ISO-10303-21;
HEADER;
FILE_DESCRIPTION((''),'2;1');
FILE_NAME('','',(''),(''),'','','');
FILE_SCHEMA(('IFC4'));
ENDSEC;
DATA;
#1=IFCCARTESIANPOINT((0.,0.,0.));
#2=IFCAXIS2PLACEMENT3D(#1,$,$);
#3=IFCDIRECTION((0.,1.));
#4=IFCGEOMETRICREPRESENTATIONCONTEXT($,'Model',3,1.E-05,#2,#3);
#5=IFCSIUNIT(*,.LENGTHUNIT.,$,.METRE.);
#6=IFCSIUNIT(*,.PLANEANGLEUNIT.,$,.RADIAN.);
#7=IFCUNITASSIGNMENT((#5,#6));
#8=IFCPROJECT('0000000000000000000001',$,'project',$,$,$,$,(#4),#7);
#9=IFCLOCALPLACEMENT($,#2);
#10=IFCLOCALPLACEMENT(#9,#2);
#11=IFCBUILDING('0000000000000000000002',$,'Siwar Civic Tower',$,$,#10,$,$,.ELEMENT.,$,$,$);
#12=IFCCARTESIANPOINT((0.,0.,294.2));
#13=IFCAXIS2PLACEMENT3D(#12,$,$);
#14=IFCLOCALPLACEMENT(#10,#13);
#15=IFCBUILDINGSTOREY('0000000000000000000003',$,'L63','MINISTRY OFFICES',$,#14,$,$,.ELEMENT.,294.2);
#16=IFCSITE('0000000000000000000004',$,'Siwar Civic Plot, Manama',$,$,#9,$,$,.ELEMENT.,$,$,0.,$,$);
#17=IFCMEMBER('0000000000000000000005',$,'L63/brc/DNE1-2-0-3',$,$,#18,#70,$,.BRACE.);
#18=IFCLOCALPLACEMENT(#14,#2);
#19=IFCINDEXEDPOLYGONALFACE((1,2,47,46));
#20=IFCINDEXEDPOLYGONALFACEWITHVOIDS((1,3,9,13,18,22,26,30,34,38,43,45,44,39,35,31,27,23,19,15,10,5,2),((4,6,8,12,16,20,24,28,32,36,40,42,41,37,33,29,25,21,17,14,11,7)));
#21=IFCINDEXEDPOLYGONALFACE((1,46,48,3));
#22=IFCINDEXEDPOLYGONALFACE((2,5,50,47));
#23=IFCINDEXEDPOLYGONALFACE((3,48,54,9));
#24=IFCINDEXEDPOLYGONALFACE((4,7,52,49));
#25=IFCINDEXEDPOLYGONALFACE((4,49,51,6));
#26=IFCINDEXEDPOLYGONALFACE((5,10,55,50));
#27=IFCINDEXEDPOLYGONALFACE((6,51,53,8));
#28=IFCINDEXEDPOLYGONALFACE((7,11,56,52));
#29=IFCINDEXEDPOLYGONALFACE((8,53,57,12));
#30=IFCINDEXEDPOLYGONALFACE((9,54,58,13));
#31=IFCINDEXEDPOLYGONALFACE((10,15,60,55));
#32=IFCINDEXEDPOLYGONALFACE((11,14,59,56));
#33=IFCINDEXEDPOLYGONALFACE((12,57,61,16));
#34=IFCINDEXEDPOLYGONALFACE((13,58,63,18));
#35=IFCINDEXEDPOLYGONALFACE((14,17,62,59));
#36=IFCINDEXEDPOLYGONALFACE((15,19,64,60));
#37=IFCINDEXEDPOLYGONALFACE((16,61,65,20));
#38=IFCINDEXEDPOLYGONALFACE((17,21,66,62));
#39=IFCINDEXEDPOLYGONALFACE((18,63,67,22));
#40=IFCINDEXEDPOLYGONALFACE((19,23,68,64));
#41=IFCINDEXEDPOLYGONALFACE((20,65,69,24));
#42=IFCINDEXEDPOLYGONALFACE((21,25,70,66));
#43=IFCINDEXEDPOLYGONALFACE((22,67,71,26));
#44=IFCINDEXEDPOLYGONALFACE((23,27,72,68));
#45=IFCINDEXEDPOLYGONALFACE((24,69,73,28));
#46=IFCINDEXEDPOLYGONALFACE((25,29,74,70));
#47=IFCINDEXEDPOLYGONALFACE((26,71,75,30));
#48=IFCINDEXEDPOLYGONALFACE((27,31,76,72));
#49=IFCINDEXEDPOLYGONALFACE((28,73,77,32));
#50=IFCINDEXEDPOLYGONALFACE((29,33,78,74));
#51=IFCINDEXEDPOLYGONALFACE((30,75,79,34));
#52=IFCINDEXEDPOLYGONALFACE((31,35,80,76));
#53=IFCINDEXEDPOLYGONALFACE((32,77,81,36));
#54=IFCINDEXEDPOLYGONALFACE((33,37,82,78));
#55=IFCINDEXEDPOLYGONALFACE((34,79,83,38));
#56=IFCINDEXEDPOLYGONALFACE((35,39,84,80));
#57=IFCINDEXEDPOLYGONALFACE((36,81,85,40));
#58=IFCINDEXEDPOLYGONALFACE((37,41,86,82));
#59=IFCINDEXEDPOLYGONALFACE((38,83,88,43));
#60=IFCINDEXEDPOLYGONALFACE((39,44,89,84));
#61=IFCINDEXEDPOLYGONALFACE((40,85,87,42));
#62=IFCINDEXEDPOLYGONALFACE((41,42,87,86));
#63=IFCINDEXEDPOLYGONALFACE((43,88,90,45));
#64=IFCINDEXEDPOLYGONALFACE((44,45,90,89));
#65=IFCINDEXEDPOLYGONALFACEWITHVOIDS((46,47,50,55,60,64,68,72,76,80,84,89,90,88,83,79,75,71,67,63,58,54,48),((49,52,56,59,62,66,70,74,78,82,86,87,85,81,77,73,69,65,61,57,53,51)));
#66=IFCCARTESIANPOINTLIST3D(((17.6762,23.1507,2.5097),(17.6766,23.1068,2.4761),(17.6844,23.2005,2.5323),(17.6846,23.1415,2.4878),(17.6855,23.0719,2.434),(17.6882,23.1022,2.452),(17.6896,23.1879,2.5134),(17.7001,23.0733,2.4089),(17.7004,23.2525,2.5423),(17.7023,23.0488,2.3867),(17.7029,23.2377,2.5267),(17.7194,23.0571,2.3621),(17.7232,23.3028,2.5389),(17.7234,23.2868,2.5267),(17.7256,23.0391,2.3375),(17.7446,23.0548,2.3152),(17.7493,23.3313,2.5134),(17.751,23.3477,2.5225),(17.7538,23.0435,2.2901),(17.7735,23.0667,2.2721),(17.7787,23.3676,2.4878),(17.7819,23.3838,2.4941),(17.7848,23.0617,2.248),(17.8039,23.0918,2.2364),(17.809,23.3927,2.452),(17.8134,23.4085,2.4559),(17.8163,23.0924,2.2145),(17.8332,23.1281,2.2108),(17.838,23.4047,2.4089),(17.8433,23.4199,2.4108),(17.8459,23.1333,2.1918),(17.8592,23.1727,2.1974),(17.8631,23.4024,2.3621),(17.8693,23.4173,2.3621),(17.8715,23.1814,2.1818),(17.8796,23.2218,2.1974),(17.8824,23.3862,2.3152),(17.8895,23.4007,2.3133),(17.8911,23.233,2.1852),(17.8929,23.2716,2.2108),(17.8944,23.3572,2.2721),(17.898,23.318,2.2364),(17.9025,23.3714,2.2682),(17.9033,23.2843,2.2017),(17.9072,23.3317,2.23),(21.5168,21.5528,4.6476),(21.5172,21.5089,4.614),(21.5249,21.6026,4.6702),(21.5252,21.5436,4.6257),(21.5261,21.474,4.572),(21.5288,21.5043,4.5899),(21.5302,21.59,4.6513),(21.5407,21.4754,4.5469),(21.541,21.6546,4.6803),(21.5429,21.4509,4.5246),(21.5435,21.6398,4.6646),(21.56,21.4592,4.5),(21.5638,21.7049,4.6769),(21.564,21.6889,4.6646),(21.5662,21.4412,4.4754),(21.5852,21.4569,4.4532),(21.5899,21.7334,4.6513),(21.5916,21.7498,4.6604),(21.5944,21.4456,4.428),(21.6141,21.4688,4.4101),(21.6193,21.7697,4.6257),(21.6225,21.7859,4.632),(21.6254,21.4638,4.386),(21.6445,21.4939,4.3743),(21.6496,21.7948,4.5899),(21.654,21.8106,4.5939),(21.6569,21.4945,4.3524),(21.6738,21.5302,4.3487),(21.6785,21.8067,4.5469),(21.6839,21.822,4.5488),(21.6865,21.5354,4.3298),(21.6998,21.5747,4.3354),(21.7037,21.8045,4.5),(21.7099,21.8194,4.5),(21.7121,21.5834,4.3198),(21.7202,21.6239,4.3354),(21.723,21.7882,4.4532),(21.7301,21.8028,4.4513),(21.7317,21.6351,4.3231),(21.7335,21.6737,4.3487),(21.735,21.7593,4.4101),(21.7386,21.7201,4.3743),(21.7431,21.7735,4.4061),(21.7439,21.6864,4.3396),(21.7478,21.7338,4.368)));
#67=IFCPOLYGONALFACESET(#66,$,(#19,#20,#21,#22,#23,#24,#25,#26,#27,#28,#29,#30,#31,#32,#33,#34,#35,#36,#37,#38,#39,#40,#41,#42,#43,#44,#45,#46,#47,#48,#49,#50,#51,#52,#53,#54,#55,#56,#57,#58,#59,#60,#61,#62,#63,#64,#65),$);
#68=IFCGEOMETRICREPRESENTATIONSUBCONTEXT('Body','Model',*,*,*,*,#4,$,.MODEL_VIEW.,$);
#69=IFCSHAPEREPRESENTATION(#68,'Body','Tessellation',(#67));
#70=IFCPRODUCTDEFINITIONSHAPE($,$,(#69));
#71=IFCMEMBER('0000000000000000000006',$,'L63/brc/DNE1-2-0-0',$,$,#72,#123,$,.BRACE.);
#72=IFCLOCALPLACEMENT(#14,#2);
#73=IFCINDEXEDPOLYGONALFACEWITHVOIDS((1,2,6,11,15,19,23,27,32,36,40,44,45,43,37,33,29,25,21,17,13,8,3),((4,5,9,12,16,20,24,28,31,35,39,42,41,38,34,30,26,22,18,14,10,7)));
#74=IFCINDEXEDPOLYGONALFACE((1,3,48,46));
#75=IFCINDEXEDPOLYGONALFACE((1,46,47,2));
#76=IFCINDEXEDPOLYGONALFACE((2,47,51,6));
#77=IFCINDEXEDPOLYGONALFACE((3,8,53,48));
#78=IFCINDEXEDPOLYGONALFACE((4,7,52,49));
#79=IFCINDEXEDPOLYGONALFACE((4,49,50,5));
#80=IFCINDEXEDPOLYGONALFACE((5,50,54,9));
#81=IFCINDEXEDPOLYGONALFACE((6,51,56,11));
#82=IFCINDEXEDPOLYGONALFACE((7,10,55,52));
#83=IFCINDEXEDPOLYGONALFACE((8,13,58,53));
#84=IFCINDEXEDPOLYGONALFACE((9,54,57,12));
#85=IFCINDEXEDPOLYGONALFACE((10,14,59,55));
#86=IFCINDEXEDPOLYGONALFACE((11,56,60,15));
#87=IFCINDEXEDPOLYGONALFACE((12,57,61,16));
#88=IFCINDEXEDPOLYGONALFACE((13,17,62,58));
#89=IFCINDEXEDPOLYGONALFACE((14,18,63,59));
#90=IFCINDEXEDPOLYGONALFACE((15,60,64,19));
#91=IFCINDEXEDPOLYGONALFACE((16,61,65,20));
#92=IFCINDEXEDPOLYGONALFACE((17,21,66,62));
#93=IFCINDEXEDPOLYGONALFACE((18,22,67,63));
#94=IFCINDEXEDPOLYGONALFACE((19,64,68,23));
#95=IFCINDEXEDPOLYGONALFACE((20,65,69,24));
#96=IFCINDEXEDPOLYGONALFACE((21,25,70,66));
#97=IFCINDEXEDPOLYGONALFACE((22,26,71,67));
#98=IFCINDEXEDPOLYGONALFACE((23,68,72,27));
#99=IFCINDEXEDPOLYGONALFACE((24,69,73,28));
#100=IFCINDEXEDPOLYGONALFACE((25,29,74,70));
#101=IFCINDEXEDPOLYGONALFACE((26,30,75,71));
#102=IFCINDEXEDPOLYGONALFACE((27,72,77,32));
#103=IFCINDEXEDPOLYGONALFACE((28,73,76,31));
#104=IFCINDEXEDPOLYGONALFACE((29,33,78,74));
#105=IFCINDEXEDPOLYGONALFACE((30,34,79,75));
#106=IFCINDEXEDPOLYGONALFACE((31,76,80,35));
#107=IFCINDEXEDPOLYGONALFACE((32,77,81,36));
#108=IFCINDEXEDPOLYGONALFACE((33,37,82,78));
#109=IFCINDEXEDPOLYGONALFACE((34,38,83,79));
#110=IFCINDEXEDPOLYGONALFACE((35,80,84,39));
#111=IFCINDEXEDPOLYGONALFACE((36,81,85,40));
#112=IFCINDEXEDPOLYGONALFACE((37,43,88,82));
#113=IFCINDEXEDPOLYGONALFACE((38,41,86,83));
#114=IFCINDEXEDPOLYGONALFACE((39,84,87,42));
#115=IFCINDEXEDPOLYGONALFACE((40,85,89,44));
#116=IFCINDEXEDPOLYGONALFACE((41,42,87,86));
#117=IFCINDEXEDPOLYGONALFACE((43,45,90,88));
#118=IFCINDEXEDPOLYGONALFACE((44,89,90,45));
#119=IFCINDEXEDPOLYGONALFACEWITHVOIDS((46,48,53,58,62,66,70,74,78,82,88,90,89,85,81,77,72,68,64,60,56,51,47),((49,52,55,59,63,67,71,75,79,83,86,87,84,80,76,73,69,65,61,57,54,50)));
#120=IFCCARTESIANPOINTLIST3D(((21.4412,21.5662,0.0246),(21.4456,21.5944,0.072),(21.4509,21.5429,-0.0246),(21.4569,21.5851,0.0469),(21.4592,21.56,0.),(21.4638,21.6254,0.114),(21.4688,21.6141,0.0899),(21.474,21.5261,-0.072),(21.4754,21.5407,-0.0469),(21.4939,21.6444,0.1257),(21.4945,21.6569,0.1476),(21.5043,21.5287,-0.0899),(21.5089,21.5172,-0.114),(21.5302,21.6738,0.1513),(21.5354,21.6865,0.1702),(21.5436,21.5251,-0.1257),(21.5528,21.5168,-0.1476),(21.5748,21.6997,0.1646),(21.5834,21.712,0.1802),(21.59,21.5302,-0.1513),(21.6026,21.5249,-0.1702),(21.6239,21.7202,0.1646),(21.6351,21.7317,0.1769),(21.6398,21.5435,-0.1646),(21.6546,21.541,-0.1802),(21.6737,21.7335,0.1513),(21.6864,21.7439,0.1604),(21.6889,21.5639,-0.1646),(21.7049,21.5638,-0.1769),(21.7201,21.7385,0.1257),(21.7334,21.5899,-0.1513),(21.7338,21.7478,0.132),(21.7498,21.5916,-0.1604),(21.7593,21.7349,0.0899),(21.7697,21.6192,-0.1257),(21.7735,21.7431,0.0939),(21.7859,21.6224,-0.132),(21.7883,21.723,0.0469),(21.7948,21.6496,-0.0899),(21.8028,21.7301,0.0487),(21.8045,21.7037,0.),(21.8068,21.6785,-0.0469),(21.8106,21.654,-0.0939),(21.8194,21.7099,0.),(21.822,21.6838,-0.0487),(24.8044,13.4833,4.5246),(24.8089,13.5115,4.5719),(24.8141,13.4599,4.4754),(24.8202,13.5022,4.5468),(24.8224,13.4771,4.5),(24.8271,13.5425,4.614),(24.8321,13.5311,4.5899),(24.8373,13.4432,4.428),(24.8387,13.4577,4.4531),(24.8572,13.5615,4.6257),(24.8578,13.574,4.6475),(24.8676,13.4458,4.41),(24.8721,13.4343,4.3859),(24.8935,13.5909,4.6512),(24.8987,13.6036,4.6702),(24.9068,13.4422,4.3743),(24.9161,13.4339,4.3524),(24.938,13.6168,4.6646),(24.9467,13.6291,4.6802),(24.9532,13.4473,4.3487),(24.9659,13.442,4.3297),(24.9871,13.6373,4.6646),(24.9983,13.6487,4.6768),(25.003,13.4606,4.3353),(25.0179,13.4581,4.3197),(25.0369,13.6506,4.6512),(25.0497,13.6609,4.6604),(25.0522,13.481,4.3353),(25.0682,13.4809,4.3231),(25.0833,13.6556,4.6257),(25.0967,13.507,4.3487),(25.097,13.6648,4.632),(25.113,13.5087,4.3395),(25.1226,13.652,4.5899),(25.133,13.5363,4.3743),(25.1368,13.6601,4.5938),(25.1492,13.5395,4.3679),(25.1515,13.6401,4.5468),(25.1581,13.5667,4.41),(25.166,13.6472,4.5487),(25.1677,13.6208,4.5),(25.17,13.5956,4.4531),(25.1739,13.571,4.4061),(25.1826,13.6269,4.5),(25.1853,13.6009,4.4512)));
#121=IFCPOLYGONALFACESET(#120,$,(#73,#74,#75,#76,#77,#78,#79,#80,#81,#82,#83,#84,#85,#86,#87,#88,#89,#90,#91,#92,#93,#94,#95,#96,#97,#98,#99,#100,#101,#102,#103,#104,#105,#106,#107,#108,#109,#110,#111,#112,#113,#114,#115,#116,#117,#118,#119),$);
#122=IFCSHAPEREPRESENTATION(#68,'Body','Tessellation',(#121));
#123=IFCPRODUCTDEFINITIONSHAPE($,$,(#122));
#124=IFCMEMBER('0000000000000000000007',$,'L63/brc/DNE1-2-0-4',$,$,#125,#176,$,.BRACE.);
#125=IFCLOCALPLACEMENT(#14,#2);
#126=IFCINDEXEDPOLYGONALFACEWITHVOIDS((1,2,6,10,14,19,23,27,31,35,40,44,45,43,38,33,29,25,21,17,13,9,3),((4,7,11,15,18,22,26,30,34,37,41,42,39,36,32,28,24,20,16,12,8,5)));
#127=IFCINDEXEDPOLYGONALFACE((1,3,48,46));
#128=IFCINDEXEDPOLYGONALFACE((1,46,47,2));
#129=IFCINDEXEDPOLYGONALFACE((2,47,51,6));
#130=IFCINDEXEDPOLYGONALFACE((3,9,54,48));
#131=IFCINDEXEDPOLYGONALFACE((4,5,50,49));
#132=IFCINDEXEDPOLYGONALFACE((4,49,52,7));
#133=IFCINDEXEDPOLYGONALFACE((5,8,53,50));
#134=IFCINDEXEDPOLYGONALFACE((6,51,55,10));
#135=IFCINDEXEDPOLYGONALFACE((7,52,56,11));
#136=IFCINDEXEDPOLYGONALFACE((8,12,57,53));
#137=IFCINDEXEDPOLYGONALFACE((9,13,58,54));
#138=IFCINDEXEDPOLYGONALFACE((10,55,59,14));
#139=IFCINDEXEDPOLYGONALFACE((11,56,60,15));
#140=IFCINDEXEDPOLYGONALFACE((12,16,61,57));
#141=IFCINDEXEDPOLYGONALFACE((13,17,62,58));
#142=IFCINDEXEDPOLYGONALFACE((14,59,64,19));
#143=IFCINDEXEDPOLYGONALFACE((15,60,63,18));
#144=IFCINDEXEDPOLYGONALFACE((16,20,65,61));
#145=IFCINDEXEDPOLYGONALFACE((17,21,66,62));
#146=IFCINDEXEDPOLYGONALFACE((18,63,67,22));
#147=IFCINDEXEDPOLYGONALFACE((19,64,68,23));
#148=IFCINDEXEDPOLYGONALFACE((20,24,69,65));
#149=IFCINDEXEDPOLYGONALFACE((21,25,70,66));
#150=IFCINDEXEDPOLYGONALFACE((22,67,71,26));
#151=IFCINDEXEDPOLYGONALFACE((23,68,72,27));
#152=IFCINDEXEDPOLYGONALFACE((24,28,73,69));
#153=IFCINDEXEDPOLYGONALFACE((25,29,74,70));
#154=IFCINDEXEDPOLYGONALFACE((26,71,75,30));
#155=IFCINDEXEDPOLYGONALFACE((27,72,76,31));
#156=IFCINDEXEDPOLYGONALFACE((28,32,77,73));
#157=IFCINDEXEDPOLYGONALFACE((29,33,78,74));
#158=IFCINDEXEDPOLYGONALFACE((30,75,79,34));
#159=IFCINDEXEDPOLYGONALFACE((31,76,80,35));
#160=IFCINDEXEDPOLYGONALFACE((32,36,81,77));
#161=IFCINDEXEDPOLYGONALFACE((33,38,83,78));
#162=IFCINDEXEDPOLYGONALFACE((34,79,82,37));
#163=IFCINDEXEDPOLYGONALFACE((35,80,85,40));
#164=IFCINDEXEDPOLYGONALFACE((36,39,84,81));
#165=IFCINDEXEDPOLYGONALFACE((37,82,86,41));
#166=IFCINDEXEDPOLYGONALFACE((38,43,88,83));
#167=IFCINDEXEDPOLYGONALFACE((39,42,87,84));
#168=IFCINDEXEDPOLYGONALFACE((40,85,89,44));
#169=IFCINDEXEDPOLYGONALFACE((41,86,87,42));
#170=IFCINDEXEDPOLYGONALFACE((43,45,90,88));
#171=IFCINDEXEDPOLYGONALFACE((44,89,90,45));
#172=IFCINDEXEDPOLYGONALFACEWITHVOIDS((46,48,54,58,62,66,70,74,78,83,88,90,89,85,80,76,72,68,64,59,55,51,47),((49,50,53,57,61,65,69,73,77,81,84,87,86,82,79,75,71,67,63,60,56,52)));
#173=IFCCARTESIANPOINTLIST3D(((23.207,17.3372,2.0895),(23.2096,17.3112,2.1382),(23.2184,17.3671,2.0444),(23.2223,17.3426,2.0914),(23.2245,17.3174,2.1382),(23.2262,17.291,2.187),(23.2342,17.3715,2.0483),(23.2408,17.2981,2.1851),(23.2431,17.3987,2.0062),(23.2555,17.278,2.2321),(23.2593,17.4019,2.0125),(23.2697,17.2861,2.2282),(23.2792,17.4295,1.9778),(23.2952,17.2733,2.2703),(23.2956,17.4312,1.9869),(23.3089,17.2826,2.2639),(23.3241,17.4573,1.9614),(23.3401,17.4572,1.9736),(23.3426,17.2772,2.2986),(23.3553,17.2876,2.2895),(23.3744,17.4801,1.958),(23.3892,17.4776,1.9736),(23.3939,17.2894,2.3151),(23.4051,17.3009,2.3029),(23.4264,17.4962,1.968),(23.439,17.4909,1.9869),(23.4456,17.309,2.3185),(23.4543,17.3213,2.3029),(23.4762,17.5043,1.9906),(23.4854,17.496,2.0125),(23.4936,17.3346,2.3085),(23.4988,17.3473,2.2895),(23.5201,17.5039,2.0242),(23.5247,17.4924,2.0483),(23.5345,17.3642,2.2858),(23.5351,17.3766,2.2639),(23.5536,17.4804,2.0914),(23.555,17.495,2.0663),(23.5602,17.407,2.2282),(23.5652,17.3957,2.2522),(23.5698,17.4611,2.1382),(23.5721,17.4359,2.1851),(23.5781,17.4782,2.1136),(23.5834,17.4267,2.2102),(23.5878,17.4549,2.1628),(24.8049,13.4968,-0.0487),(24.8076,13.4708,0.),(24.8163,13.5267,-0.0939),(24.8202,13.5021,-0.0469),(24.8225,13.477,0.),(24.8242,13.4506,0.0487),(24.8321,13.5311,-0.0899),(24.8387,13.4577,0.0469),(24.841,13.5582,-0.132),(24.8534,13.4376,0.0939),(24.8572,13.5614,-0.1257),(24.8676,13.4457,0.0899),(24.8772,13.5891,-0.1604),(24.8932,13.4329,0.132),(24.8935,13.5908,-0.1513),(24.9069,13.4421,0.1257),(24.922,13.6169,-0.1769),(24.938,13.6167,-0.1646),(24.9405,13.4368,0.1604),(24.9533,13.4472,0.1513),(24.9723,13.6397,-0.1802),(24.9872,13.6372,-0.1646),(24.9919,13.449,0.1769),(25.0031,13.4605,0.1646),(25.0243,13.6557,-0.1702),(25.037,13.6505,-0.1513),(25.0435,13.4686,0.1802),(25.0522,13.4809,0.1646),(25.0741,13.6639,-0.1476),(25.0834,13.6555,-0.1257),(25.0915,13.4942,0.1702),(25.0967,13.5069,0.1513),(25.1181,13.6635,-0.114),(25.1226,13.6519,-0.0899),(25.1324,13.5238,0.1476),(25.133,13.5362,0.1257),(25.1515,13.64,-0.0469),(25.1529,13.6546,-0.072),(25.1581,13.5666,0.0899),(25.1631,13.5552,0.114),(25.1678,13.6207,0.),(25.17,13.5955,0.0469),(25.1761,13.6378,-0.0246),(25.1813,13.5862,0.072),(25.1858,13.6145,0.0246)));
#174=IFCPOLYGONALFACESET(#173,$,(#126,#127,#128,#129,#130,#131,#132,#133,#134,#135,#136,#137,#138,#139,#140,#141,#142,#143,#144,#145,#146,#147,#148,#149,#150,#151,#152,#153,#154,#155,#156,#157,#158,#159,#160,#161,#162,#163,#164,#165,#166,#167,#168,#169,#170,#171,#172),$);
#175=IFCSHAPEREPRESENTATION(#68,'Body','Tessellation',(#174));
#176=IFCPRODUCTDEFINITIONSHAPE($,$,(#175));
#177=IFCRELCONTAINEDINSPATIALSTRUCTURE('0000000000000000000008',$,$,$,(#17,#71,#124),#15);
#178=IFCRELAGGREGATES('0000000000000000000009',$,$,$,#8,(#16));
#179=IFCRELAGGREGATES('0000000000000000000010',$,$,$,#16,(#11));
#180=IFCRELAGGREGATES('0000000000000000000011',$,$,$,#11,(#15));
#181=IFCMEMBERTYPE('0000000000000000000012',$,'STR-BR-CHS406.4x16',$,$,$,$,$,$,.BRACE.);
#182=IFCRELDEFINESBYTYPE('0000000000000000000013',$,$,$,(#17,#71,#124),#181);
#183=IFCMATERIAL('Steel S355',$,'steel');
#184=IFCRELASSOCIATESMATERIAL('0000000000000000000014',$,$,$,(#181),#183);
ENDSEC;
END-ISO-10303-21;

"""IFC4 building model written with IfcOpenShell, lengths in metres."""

from ifc_helpers import new_model, si_unit, direction, frame, origin, origin_2d, place, context, subcontext, project, spatial, hollow_circle, extrude, material, material_profile, profile_set, type_object, element, save


model = new_model("IFC4")

# Units and contexts
model_context = context("Model", 3, precision=1e-05, world=origin(), true_north=direction((0.0, 1.0)))
body_context = subcontext(model_context, "Body", "Model", "MODEL_VIEW")
ifc_project = project(units=[si_unit("LENGTHUNIT", "METRE"), si_unit("PLANEANGLEUNIT", "RADIAN")], contexts=[model_context])

# Site, building, storey
site_placement = place(None, origin())
site = spatial("IfcSite", under=ifc_project, at=site_placement, Name="Siwar Civic Plot, Manama", CompositionType="ELEMENT", RefElevation=0.0)
building_placement = place(site_placement, origin())
building = spatial("IfcBuilding", under=site, at=building_placement, Name="Siwar Civic Tower", CompositionType="ELEMENT")
storey_placement = place(building_placement, frame((0.0, 0.0, 294.2)))
storey = spatial("IfcBuildingStorey", under=building, at=storey_placement, Name="L63", Description="MINISTRY OFFICES", CompositionType="ELEMENT", Elevation=294.2)

# Members
ifc_material_1 = material(Name="Steel S355", Category="steel")
ifc_material_profile_1 = material_profile(ifc_material_1, hollow_circle(Radius=0.2031, WallThickness=0.0161, at=origin_2d()), Name="CHS406.4x16")
ifc_profile_set_1 = profile_set([ifc_material_profile_1], Name="Steel S355")
member_type_1 = type_object("IfcMemberType", Name="STR-BR-CHS406.4x16", PredefinedType="BRACE", material=ifc_profile_set_1)
for number, where, z_axis, x_axis, name in (
    (1, (17.7913, 23.2297, 2.3621), (0.821167, -0.341653, 0.45712), (0.384136, 0.923276, 0.0), "L63/brc/DNE1-2-0-3"),
):
    element("IfcMember", number, at=place(storey_placement, frame(where, z_axis=z_axis, x_axis=x_axis)), inside=storey, type_object=member_type_1, Name=name, PredefinedType="BRACE", context=body_context, shape_type="SweptSolid", body=[
        extrude(hollow_circle(Radius=0.2031, WallThickness=0.0161, at=origin_2d()), origin(), (0.0, 0.0, 1.0), 4.677),
    ])
member_1_placement = place(storey_placement, frame((21.6318, 21.6318, 0.0), z_axis=(0.341671, -0.821143, 0.457149), x_axis=(0.923265, 0.384164, 0.0)))
element("IfcMember", 2, at=member_1_placement, inside=storey, type_object=member_type_1, Name="L63/brc/DNE1-2-0-0", PredefinedType="BRACE", context=body_context, shape_type="SweptSolid", body=[
    extrude(hollow_circle(Radius=0.2031, WallThickness=0.0161, at=origin_2d()), origin(), (0.0, 0.0, 1.0), 9.8435),
])
for number, where, z_axis, x_axis, name in (
    (3, (24.9951, 13.5488, 0.0), (-0.341659, 0.82113, 0.457181), (-0.923268, -0.384157, 0.0), "L63/brc/DNE1-2-0-4"),
):
    element("IfcMember", number, at=place(storey_placement, frame(where, z_axis=z_axis, x_axis=x_axis)), inside=storey, type_object=member_type_1, Name=name, PredefinedType="BRACE", context=body_context, shape_type="SweptSolid", body=[
        extrude(hollow_circle(Radius=0.2031, WallThickness=0.0161, at=origin_2d()), origin(), (0.0, 0.0, 1.0), 4.677),
    ])

save(model, "model.ifc")
